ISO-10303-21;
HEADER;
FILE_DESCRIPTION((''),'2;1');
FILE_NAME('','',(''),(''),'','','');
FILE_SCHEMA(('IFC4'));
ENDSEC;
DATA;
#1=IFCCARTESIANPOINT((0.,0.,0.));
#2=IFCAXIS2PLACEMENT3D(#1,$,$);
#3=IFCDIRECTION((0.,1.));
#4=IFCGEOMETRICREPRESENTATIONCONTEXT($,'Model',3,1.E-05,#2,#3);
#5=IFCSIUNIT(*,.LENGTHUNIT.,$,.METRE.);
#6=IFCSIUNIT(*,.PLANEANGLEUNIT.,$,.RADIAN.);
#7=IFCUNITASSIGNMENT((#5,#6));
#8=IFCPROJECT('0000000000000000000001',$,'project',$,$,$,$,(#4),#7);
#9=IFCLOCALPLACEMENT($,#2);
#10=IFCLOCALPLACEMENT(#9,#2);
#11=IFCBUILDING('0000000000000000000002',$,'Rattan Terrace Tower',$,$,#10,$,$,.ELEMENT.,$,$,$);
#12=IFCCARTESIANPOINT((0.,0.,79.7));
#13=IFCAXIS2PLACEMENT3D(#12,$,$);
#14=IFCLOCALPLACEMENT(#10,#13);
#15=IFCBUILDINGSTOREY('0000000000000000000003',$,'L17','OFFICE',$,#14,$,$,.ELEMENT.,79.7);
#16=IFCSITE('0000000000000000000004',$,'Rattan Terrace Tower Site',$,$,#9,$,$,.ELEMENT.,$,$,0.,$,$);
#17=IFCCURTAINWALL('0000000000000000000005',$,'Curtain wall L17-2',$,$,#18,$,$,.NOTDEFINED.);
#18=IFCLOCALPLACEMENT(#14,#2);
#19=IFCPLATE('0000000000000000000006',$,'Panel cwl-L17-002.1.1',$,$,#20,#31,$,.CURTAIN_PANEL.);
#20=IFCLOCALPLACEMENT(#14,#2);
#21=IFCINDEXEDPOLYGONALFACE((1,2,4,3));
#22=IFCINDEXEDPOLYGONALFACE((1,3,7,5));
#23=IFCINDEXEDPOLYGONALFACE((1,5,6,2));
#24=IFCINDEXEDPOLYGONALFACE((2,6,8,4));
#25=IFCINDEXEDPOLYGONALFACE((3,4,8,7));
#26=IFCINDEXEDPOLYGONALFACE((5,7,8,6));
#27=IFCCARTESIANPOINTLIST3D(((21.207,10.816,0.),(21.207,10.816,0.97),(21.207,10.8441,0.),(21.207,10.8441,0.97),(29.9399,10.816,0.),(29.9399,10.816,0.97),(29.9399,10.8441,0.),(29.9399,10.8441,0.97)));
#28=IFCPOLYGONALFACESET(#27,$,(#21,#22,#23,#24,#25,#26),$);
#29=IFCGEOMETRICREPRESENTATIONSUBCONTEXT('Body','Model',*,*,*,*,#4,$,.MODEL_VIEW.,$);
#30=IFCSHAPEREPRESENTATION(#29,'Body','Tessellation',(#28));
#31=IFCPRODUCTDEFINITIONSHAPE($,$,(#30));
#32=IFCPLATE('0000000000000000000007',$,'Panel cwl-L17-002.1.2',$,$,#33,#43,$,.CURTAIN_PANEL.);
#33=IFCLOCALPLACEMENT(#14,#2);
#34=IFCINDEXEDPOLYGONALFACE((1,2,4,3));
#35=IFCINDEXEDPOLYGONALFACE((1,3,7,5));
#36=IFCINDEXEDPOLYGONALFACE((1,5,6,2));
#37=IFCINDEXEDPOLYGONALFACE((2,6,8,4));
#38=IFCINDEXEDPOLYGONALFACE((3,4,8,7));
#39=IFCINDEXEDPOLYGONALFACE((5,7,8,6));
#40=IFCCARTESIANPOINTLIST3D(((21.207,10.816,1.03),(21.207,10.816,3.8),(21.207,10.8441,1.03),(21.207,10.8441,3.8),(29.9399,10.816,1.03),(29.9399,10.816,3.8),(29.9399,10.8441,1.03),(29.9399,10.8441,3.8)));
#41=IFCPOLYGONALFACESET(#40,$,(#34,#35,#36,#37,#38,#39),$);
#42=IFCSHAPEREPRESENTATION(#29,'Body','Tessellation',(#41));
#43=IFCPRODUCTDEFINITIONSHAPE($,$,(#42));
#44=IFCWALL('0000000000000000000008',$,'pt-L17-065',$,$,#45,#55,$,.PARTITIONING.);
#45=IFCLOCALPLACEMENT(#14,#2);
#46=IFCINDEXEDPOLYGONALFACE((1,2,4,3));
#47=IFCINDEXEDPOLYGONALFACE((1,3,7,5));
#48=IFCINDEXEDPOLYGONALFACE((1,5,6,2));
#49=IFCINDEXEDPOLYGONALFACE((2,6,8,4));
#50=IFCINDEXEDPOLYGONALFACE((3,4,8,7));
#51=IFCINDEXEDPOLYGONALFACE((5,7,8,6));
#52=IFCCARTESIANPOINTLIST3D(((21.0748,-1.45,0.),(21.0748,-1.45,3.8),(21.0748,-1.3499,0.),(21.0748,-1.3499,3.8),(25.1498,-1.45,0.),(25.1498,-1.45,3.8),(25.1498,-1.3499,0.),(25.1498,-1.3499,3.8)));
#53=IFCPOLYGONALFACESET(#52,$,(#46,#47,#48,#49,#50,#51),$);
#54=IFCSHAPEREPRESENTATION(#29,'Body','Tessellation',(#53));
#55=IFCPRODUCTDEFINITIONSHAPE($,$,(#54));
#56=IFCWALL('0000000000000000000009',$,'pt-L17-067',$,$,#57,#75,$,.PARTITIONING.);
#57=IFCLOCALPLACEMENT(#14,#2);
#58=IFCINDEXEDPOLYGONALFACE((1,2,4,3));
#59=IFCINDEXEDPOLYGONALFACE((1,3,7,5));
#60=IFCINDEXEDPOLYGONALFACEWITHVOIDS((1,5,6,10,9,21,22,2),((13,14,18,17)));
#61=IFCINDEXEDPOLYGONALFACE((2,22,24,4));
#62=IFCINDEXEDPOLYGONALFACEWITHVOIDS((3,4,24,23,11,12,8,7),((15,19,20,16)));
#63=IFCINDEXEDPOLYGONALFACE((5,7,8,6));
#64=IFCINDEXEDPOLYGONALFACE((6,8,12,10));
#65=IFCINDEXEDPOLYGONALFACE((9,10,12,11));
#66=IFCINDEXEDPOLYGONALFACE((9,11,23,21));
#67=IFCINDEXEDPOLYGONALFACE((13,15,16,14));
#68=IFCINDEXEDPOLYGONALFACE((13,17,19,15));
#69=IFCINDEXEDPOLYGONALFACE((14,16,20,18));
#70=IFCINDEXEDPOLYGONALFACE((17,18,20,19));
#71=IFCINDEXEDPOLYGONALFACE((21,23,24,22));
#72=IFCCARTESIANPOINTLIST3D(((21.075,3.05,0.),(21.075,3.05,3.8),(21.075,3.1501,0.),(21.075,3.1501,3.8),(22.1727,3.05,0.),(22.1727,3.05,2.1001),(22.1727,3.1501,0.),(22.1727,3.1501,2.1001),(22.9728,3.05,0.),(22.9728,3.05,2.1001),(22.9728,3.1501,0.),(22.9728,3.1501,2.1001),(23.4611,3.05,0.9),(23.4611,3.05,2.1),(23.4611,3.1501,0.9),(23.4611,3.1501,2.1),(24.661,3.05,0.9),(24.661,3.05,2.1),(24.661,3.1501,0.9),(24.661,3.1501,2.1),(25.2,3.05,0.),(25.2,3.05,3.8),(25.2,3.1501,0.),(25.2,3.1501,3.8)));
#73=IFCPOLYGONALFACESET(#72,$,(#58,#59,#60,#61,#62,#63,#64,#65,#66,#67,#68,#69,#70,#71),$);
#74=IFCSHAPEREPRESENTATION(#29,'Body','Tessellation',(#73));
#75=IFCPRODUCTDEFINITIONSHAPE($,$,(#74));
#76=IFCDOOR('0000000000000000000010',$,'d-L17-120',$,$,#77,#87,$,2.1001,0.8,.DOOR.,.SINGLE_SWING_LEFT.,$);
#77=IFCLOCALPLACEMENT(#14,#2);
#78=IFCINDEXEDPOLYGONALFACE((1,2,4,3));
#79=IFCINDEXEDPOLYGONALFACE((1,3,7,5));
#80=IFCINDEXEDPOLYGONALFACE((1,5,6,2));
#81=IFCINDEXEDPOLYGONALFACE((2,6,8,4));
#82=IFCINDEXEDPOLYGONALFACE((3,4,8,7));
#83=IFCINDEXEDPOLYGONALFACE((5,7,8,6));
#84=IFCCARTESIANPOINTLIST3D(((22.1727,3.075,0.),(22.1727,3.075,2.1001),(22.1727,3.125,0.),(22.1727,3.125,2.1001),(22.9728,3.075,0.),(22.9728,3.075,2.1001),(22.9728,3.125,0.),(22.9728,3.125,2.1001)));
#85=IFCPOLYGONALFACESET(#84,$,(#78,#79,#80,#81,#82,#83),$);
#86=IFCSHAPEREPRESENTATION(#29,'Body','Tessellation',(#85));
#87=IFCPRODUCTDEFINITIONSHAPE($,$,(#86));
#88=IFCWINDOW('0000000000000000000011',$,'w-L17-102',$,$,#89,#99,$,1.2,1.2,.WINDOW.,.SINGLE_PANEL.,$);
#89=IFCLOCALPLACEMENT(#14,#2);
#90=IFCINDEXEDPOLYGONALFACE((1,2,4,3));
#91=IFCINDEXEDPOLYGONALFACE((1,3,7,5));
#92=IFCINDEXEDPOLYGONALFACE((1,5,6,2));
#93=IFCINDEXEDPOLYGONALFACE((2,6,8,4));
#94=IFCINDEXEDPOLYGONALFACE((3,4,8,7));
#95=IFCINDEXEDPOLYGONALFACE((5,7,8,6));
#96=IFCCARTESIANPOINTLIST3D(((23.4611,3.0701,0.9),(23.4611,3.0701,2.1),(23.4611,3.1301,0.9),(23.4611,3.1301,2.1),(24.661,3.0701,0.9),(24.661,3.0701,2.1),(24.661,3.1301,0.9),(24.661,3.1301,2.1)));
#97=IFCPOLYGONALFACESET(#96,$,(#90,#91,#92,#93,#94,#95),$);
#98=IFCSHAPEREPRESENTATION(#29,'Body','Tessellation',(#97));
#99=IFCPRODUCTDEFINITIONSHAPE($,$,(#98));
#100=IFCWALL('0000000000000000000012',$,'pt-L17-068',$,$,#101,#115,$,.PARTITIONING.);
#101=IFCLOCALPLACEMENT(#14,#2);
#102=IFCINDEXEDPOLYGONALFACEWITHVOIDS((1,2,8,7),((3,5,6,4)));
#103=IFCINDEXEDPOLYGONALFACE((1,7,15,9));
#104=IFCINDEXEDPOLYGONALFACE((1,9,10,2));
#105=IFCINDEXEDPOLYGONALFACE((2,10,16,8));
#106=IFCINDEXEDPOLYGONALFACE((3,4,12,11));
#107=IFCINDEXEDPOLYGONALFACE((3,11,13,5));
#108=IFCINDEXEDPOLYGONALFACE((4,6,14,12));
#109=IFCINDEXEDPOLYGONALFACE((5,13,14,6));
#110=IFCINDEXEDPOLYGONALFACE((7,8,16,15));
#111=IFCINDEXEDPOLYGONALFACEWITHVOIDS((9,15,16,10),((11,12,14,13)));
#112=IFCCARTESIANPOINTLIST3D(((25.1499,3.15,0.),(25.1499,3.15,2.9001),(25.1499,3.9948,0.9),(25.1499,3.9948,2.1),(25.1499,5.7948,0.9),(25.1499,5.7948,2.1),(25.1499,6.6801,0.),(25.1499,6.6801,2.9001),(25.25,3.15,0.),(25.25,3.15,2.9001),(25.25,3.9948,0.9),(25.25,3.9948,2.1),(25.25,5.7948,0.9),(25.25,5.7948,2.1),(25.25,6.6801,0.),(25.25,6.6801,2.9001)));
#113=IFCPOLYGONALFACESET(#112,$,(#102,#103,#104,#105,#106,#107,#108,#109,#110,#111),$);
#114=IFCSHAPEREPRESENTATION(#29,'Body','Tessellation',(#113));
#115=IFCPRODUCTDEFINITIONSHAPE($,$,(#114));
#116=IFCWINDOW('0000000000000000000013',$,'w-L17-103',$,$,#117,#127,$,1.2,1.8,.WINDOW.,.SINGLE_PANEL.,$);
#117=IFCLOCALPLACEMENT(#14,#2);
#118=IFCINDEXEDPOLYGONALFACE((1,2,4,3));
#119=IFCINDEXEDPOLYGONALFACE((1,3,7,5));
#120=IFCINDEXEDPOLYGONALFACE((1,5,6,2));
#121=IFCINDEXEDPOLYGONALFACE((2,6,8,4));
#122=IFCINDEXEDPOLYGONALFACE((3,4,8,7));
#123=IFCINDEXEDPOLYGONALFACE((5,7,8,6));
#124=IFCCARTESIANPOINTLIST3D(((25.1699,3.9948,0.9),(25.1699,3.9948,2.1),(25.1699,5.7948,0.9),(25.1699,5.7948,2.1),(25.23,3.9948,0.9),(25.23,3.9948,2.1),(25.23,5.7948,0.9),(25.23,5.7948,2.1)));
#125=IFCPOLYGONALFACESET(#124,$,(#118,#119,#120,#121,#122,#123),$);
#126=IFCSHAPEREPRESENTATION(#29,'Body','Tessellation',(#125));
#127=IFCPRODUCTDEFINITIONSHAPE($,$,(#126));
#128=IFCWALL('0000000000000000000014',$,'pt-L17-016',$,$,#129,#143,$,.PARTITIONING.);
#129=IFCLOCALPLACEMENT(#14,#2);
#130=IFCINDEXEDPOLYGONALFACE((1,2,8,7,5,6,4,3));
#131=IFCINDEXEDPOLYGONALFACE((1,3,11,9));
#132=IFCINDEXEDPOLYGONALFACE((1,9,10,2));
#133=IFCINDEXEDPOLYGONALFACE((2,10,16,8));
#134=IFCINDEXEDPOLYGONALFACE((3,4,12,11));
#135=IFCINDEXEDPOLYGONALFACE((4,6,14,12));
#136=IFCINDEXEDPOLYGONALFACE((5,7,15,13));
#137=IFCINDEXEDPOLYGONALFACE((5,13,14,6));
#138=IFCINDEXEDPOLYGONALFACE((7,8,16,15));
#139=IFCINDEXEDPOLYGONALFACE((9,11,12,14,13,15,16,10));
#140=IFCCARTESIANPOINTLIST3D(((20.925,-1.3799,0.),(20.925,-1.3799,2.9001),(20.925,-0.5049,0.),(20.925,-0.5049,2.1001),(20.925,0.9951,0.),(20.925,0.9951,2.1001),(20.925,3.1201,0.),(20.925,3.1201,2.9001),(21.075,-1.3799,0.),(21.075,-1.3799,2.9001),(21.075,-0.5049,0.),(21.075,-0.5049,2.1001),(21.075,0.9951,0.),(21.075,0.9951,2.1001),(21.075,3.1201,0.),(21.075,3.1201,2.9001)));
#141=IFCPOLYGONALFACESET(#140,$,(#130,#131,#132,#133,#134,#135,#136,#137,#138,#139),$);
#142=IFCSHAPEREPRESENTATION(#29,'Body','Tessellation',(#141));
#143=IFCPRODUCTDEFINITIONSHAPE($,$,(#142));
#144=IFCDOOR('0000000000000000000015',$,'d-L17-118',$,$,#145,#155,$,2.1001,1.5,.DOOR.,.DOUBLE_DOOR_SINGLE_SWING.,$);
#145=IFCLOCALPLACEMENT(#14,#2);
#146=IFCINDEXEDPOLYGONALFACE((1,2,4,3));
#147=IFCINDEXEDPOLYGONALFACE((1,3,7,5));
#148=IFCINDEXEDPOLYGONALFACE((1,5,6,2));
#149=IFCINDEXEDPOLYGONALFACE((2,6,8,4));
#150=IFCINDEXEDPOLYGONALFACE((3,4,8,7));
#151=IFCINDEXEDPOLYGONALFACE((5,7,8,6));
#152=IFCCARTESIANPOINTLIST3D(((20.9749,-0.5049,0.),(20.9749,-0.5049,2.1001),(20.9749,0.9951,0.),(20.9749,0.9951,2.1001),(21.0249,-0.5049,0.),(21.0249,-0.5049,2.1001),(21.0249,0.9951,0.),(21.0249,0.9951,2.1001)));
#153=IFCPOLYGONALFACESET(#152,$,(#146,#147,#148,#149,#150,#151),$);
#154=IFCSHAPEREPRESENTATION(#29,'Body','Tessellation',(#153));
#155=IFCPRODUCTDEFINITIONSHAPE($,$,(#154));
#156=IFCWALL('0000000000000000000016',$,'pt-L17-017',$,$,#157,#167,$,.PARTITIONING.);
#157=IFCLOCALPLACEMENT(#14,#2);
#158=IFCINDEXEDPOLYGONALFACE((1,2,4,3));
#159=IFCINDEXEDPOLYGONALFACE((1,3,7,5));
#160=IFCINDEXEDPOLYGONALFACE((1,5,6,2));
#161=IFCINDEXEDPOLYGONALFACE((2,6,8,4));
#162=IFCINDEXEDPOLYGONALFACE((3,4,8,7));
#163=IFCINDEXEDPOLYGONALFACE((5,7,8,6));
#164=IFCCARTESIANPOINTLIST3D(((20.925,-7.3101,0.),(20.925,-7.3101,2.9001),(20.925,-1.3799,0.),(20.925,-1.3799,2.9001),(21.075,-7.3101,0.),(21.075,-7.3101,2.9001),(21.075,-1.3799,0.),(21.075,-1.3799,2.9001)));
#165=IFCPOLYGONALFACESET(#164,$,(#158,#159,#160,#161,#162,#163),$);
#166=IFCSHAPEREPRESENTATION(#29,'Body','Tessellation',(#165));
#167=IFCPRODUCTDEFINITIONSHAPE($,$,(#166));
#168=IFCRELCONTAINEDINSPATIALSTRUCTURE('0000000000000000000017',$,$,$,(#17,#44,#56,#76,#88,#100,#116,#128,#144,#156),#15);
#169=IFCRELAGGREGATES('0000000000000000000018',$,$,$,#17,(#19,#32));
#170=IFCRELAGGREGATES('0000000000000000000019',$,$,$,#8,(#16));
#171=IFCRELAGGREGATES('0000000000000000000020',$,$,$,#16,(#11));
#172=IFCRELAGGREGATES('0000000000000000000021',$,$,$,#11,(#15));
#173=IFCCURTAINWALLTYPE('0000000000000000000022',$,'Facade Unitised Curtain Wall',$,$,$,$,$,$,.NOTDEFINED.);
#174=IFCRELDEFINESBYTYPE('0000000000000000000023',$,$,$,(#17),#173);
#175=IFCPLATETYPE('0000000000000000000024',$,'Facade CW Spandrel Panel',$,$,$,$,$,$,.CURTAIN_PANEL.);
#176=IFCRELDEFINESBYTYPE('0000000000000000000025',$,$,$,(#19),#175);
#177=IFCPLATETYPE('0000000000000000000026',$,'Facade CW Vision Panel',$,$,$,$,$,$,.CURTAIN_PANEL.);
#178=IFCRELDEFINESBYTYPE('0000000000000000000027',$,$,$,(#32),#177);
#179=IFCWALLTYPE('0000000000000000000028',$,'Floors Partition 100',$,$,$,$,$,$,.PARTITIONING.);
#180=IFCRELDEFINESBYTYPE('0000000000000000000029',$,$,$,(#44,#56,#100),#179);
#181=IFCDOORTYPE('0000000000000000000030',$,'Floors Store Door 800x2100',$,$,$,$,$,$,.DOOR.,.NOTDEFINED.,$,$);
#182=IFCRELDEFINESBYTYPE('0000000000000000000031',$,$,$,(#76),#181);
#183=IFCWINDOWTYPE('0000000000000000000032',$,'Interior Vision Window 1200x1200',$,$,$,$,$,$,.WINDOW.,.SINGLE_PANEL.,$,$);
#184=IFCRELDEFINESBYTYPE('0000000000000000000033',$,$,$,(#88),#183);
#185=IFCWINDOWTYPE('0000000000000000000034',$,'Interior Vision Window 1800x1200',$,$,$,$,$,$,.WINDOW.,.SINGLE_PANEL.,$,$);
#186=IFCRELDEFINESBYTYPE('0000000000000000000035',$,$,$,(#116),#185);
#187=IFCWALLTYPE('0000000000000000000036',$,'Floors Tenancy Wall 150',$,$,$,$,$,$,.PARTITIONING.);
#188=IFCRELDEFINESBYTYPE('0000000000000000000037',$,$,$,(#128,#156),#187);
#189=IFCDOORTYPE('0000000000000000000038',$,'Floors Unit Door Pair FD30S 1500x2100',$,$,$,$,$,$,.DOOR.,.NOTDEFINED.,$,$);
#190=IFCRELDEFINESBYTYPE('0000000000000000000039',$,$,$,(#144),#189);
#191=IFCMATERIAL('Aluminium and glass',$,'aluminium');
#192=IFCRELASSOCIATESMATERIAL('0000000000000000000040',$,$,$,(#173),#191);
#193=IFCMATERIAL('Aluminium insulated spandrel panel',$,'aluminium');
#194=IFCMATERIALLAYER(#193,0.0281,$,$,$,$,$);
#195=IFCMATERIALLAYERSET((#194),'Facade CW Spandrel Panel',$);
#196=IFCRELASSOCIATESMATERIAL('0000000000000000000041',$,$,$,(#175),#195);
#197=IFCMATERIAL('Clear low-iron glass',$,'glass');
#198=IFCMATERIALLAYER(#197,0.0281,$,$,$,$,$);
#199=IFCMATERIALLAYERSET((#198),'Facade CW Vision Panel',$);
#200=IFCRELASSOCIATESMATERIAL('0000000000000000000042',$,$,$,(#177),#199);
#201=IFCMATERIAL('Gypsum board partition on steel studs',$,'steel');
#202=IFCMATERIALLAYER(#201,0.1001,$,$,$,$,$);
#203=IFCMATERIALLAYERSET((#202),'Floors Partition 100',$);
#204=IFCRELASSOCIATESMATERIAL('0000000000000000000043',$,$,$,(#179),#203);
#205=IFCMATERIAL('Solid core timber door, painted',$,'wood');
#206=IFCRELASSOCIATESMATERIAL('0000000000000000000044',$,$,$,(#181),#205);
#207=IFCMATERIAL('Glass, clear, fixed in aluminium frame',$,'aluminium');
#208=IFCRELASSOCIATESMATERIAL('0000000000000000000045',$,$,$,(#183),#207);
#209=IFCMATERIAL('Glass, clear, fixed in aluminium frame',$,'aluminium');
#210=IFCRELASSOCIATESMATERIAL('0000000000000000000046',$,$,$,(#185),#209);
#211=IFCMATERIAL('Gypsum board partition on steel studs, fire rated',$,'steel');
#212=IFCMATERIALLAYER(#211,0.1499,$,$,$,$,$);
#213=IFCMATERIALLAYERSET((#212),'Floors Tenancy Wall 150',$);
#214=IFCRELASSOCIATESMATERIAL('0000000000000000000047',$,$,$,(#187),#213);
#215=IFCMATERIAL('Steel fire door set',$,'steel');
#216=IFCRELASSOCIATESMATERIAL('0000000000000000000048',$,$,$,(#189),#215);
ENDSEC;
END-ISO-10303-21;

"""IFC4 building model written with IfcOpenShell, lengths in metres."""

from ifc_helpers import new_model, si_unit, direction, frame, frame_2d, origin, origin_2d, place, context, subcontext, project, spatial, rectangle, extrude, material, layer, layer_set, type_object, element, fill, aggregate, save


model = new_model("IFC4")

# Units and contexts
model_context = context("Model", 3, precision=1e-05, world=origin(), true_north=direction((0.0, 1.0)))
body_context = subcontext(model_context, "Body", "Model", "MODEL_VIEW")
ifc_project = project(units=[si_unit("LENGTHUNIT", "METRE"), si_unit("PLANEANGLEUNIT", "RADIAN")], contexts=[model_context])

# Site, building, storey
site_placement = place(None, origin())
site = spatial("IfcSite", under=ifc_project, at=site_placement, Name="Rattan Terrace Tower Site", CompositionType="ELEMENT", RefElevation=0.0)
building_placement = place(site_placement, origin())
building = spatial("IfcBuilding", under=site, at=building_placement, Name="Rattan Terrace Tower", CompositionType="ELEMENT")
storey_placement = place(building_placement, frame((0.0, 0.0, 79.7)))
storey = spatial("IfcBuildingStorey", under=building, at=storey_placement, Name="L17", Description="OFFICE", CompositionType="ELEMENT", Elevation=79.7)

# Curtain wall
ifc_material_1 = material(Name="Aluminium and glass", Category="aluminium")
curtain_wall_type = type_object("IfcCurtainWallType", Name="Facade Unitised Curtain Wall", PredefinedType="NOTDEFINED", material=ifc_material_1)
curtain_wall_placement = place(storey_placement, origin())
curtain_wall = element("IfcCurtainWall", 1, at=curtain_wall_placement, inside=storey, type_object=curtain_wall_type, Name="Curtain wall L17-2", PredefinedType="NOTDEFINED")

# Plates
ifc_material_2 = material(Name="Aluminium insulated spandrel panel", Category="aluminium")
ifc_layer_1 = layer(ifc_material_2, 0.0281)
ifc_layer_set_1 = layer_set([ifc_layer_1], Name="Facade CW Spandrel Panel")
plate_type_1 = type_object("IfcPlateType", Name="Facade CW Spandrel Panel", PredefinedType="CURTAIN_PANEL", material=ifc_layer_set_1)
plate_1_placement = place(storey_placement, frame((25.5735, 10.8301, 0.0), z_axis=(0.0, 0.0, 1.0), x_axis=(-1.0, 0.0, 0.0)))
plate_1 = element("IfcPlate", 2, at=plate_1_placement, type_object=plate_type_1, Name="Panel cwl-L17-002.1.1", PredefinedType="CURTAIN_PANEL", context=body_context, shape_type="SweptSolid", body=[
    extrude(rectangle(XDim=8.7329, YDim=0.0281, at=origin_2d()), origin(), (0.0, 0.0, 1.0), 0.97),
])
ifc_material_3 = material(Name="Clear low-iron glass", Category="glass")
ifc_layer_2 = layer(ifc_material_3, 0.0281)
ifc_layer_set_2 = layer_set([ifc_layer_2], Name="Facade CW Vision Panel")
plate_type_2 = type_object("IfcPlateType", Name="Facade CW Vision Panel", PredefinedType="CURTAIN_PANEL", material=ifc_layer_set_2)
plate_2_placement = place(storey_placement, frame((25.5735, 10.8301, 1.03), z_axis=(0.0, 0.0, 1.0), x_axis=(-1.0, 0.0, 0.0)))
plate_2 = element("IfcPlate", 3, at=plate_2_placement, type_object=plate_type_2, Name="Panel cwl-L17-002.1.2", PredefinedType="CURTAIN_PANEL", context=body_context, shape_type="SweptSolid", body=[
    extrude(rectangle(XDim=8.7329, YDim=0.0281, at=origin_2d()), origin(), (0.0, 0.0, 1.0), 2.77),
])
aggregate(curtain_wall, [plate_1, plate_2])

# Wall
ifc_material_4 = material(Name="Gypsum board partition on steel studs", Category="steel")
ifc_layer_3 = layer(ifc_material_4, 0.1001)
ifc_layer_set_3 = layer_set([ifc_layer_3], Name="Floors Partition 100")
wall_type_1 = type_object("IfcWallType", Name="Floors Partition 100", PredefinedType="PARTITIONING", material=ifc_layer_set_3)
wall_1_placement = place(storey_placement, frame((25.1499, -1.3999, 0.0), z_axis=(0.0, 0.0, 1.0), x_axis=(-1.0, 0.0, 0.0)))
element("IfcWall", 4, at=wall_1_placement, inside=storey, type_object=wall_type_1, Name="pt-L17-065", PredefinedType="PARTITIONING", context=body_context, shape_type="SweptSolid", body=[
    extrude(rectangle(XDim=4.075, YDim=0.1001, at=frame_2d((2.0376, 0.0))), origin(), (0.0, 0.0, 1.0), 3.8),
])

# Wall, openings, door, window
wall_2_placement = place(storey_placement, frame((21.075, 3.1001, 0.0), z_axis=(0.0, 0.0, 1.0), x_axis=(1.0, 0.0, 0.0)))
wall_2 = element("IfcWall", 5, at=wall_2_placement, inside=storey, type_object=wall_type_1, Name="pt-L17-067", PredefinedType="PARTITIONING", context=body_context, shape_type="SweptSolid", body=[
    extrude(rectangle(XDim=4.125, YDim=0.1001, at=frame_2d((2.0625, 0.0))), origin(), (0.0, 0.0, 1.0), 3.8),
])
opening_1_placement = place(wall_2_placement, frame((1.0979, 0.0, 0.0)))
opening_1 = element("IfcOpeningElement", 6, at=opening_1_placement, cuts=wall_2, PredefinedType="OPENING", context=body_context, shape_type="SweptSolid", body=[
    extrude(rectangle(XDim=0.8, YDim=2.1001, at=frame_2d((0.3999, 1.05))), frame((0.0, 0.0605, 0.0), z_axis=(0.0, -1.0, 0.0), x_axis=(1.0, 0.0, 0.0)), (0.0, 0.0, 1.0), 0.1211),
])
opening_2_placement = place(wall_2_placement, frame((2.386, 0.0, 0.8999)))
opening_2 = element("IfcOpeningElement", 7, at=opening_2_placement, cuts=wall_2, PredefinedType="OPENING", context=body_context, shape_type="SweptSolid", body=[
    extrude(rectangle(XDim=1.2, YDim=1.2, at=frame_2d((0.6001, 0.6001))), frame((0.0, 0.0605, 0.0), z_axis=(0.0, -1.0, 0.0), x_axis=(1.0, 0.0, 0.0)), (0.0, 0.0, 1.0), 0.1211),
])
ifc_material_5 = material(Name="Solid core timber door, painted", Category="wood")
door_type_1 = type_object("IfcDoorType", Name="Floors Store Door 800x2100", OperationType="NOTDEFINED", PredefinedType="DOOR", material=ifc_material_5)
door_1_placement = place(opening_1_placement, origin())
door_1 = element("IfcDoor", 8, at=door_1_placement, inside=storey, type_object=door_type_1, Name="d-L17-120", OperationType="SINGLE_SWING_LEFT", OverallHeight=2.1001, OverallWidth=0.8, PredefinedType="DOOR", context=body_context, shape_type="SweptSolid", body=[
    extrude(rectangle(XDim=0.8, YDim=2.1001, at=frame_2d((0.3999, 1.05))), frame((0.0, 0.0249, 0.0), z_axis=(0.0, -1.0, 0.0), x_axis=(1.0, 0.0, 0.0)), (0.0, 0.0, 1.0), 0.05),
])
fill(opening_1, door_1)
ifc_material_6 = material(Name="Glass, clear, fixed in aluminium frame", Category="aluminium")
window_type_1 = type_object("IfcWindowType", Name="Interior Vision Window 1200x1200", PartitioningType="SINGLE_PANEL", PredefinedType="WINDOW", material=ifc_material_6)
window_1_placement = place(opening_2_placement, origin())
window_1 = element("IfcWindow", 9, at=window_1_placement, inside=storey, type_object=window_type_1, Name="w-L17-102", OverallHeight=1.2, OverallWidth=1.2, PartitioningType="SINGLE_PANEL", PredefinedType="WINDOW", context=body_context, shape_type="SweptSolid", body=[
    extrude(rectangle(XDim=1.2, YDim=1.2, at=frame_2d((0.6001, 0.6001))), frame((0.0, 0.03, 0.0), z_axis=(0.0, -1.0, 0.0), x_axis=(1.0, 0.0, 0.0)), (0.0, 0.0, 1.0), 0.0601),
])
fill(opening_2, window_1)

# Wall, opening, window
wall_3_placement = place(storey_placement, frame((25.2, 3.1499, 0.0), z_axis=(0.0, 0.0, 1.0), x_axis=(0.0, 1.0, 0.0)))
wall_3 = element("IfcWall", 10, at=wall_3_placement, inside=storey, type_object=wall_type_1, Name="pt-L17-068", PredefinedType="PARTITIONING", context=body_context, shape_type="SweptSolid", body=[
    extrude(rectangle(XDim=3.53, YDim=0.1001, at=frame_2d((1.7651, 0.0))), origin(), (0.0, 0.0, 1.0), 2.9001),
])
opening_3_placement = place(wall_3_placement, frame((0.845, 0.0, 0.8999)))
opening_3 = element("IfcOpeningElement", 11, at=opening_3_placement, cuts=wall_3, PredefinedType="OPENING", context=body_context, shape_type="SweptSolid", body=[
    extrude(rectangle(XDim=1.8, YDim=1.2, at=frame_2d((0.8999, 0.6001))), frame((0.0, 0.0605, 0.0), z_axis=(0.0, -1.0, 0.0), x_axis=(1.0, 0.0, 0.0)), (0.0, 0.0, 1.0), 0.1211),
])
ifc_material_7 = material(Name="Glass, clear, fixed in aluminium frame", Category="aluminium")
window_type_2 = type_object("IfcWindowType", Name="Interior Vision Window 1800x1200", PartitioningType="SINGLE_PANEL", PredefinedType="WINDOW", material=ifc_material_7)
window_2_placement = place(opening_3_placement, origin())
window_2 = element("IfcWindow", 12, at=window_2_placement, inside=storey, type_object=window_type_2, Name="w-L17-103", OverallHeight=1.2, OverallWidth=1.8, PartitioningType="SINGLE_PANEL", PredefinedType="WINDOW", context=body_context, shape_type="SweptSolid", body=[
    extrude(rectangle(XDim=1.8, YDim=1.2, at=frame_2d((0.8999, 0.6001))), frame((0.0, 0.03, 0.0), z_axis=(0.0, -1.0, 0.0), x_axis=(1.0, 0.0, 0.0)), (0.0, 0.0, 1.0), 0.0601),
])
fill(opening_3, window_2)

# Wall, opening, door
ifc_material_8 = material(Name="Gypsum board partition on steel studs, fire rated", Category="steel")
ifc_layer_4 = layer(ifc_material_8, 0.1499)
ifc_layer_set_4 = layer_set([ifc_layer_4], Name="Floors Tenancy Wall 150")
wall_type_2 = type_object("IfcWallType", Name="Floors Tenancy Wall 150", PredefinedType="PARTITIONING", material=ifc_layer_set_4)
wall_4_placement = place(storey_placement, frame((21.0, 3.1201, 0.0), z_axis=(0.0, 0.0, 1.0), x_axis=(0.0, -1.0, 0.0)))
wall_4 = element("IfcWall", 13, at=wall_4_placement, inside=storey, type_object=wall_type_2, Name="pt-L17-016", PredefinedType="PARTITIONING", context=body_context, shape_type="SweptSolid", body=[
    extrude(rectangle(XDim=4.5, YDim=0.1499, at=frame_2d((2.25, 0.0))), origin(), (0.0, 0.0, 1.0), 2.9001),
])
opening_4_placement = place(wall_4_placement, frame((2.125, 0.0, 0.0)))
opening_4 = element("IfcOpeningElement", 14, at=opening_4_placement, cuts=wall_4, PredefinedType="OPENING", context=body_context, shape_type="SweptSolid", body=[
    extrude(rectangle(XDim=1.5, YDim=2.1001, at=frame_2d((0.75, 1.05))), frame((0.0, 0.0854, 0.0), z_axis=(0.0, -1.0, 0.0), x_axis=(1.0, 0.0, 0.0)), (0.0, 0.0, 1.0), 0.1709),
])
ifc_material_9 = material(Name="Steel fire door set", Category="steel")
door_type_2 = type_object("IfcDoorType", Name="Floors Unit Door Pair FD30S 1500x2100", OperationType="NOTDEFINED", PredefinedType="DOOR", material=ifc_material_9)
door_2_placement = place(opening_4_placement, origin())
door_2 = element("IfcDoor", 15, at=door_2_placement, inside=storey, type_object=door_type_2, Name="d-L17-118", OperationType="DOUBLE_DOOR_SINGLE_SWING", OverallHeight=2.1001, OverallWidth=1.5, PredefinedType="DOOR", context=body_context, shape_type="SweptSolid", body=[
    extrude(rectangle(XDim=1.5, YDim=2.1001, at=frame_2d((0.75, 1.05))), frame((0.0, 0.0249, 0.0), z_axis=(0.0, -1.0, 0.0), x_axis=(1.0, 0.0, 0.0)), (0.0, 0.0, 1.0), 0.05),
])
fill(opening_4, door_2)

# Wall
wall_5_placement = place(storey_placement, frame((21.0, -1.3799, 0.0), z_axis=(0.0, 0.0, 1.0), x_axis=(0.0, -1.0, 0.0)))
element("IfcWall", 16, at=wall_5_placement, inside=storey, type_object=wall_type_2, Name="pt-L17-017", PredefinedType="PARTITIONING", context=body_context, shape_type="SweptSolid", body=[
    extrude(rectangle(XDim=5.9302, YDim=0.1499, at=frame_2d((2.9651, 0.0))), origin(), (0.0, 0.0, 1.0), 2.9001),
])

save(model, "model.ifc")
